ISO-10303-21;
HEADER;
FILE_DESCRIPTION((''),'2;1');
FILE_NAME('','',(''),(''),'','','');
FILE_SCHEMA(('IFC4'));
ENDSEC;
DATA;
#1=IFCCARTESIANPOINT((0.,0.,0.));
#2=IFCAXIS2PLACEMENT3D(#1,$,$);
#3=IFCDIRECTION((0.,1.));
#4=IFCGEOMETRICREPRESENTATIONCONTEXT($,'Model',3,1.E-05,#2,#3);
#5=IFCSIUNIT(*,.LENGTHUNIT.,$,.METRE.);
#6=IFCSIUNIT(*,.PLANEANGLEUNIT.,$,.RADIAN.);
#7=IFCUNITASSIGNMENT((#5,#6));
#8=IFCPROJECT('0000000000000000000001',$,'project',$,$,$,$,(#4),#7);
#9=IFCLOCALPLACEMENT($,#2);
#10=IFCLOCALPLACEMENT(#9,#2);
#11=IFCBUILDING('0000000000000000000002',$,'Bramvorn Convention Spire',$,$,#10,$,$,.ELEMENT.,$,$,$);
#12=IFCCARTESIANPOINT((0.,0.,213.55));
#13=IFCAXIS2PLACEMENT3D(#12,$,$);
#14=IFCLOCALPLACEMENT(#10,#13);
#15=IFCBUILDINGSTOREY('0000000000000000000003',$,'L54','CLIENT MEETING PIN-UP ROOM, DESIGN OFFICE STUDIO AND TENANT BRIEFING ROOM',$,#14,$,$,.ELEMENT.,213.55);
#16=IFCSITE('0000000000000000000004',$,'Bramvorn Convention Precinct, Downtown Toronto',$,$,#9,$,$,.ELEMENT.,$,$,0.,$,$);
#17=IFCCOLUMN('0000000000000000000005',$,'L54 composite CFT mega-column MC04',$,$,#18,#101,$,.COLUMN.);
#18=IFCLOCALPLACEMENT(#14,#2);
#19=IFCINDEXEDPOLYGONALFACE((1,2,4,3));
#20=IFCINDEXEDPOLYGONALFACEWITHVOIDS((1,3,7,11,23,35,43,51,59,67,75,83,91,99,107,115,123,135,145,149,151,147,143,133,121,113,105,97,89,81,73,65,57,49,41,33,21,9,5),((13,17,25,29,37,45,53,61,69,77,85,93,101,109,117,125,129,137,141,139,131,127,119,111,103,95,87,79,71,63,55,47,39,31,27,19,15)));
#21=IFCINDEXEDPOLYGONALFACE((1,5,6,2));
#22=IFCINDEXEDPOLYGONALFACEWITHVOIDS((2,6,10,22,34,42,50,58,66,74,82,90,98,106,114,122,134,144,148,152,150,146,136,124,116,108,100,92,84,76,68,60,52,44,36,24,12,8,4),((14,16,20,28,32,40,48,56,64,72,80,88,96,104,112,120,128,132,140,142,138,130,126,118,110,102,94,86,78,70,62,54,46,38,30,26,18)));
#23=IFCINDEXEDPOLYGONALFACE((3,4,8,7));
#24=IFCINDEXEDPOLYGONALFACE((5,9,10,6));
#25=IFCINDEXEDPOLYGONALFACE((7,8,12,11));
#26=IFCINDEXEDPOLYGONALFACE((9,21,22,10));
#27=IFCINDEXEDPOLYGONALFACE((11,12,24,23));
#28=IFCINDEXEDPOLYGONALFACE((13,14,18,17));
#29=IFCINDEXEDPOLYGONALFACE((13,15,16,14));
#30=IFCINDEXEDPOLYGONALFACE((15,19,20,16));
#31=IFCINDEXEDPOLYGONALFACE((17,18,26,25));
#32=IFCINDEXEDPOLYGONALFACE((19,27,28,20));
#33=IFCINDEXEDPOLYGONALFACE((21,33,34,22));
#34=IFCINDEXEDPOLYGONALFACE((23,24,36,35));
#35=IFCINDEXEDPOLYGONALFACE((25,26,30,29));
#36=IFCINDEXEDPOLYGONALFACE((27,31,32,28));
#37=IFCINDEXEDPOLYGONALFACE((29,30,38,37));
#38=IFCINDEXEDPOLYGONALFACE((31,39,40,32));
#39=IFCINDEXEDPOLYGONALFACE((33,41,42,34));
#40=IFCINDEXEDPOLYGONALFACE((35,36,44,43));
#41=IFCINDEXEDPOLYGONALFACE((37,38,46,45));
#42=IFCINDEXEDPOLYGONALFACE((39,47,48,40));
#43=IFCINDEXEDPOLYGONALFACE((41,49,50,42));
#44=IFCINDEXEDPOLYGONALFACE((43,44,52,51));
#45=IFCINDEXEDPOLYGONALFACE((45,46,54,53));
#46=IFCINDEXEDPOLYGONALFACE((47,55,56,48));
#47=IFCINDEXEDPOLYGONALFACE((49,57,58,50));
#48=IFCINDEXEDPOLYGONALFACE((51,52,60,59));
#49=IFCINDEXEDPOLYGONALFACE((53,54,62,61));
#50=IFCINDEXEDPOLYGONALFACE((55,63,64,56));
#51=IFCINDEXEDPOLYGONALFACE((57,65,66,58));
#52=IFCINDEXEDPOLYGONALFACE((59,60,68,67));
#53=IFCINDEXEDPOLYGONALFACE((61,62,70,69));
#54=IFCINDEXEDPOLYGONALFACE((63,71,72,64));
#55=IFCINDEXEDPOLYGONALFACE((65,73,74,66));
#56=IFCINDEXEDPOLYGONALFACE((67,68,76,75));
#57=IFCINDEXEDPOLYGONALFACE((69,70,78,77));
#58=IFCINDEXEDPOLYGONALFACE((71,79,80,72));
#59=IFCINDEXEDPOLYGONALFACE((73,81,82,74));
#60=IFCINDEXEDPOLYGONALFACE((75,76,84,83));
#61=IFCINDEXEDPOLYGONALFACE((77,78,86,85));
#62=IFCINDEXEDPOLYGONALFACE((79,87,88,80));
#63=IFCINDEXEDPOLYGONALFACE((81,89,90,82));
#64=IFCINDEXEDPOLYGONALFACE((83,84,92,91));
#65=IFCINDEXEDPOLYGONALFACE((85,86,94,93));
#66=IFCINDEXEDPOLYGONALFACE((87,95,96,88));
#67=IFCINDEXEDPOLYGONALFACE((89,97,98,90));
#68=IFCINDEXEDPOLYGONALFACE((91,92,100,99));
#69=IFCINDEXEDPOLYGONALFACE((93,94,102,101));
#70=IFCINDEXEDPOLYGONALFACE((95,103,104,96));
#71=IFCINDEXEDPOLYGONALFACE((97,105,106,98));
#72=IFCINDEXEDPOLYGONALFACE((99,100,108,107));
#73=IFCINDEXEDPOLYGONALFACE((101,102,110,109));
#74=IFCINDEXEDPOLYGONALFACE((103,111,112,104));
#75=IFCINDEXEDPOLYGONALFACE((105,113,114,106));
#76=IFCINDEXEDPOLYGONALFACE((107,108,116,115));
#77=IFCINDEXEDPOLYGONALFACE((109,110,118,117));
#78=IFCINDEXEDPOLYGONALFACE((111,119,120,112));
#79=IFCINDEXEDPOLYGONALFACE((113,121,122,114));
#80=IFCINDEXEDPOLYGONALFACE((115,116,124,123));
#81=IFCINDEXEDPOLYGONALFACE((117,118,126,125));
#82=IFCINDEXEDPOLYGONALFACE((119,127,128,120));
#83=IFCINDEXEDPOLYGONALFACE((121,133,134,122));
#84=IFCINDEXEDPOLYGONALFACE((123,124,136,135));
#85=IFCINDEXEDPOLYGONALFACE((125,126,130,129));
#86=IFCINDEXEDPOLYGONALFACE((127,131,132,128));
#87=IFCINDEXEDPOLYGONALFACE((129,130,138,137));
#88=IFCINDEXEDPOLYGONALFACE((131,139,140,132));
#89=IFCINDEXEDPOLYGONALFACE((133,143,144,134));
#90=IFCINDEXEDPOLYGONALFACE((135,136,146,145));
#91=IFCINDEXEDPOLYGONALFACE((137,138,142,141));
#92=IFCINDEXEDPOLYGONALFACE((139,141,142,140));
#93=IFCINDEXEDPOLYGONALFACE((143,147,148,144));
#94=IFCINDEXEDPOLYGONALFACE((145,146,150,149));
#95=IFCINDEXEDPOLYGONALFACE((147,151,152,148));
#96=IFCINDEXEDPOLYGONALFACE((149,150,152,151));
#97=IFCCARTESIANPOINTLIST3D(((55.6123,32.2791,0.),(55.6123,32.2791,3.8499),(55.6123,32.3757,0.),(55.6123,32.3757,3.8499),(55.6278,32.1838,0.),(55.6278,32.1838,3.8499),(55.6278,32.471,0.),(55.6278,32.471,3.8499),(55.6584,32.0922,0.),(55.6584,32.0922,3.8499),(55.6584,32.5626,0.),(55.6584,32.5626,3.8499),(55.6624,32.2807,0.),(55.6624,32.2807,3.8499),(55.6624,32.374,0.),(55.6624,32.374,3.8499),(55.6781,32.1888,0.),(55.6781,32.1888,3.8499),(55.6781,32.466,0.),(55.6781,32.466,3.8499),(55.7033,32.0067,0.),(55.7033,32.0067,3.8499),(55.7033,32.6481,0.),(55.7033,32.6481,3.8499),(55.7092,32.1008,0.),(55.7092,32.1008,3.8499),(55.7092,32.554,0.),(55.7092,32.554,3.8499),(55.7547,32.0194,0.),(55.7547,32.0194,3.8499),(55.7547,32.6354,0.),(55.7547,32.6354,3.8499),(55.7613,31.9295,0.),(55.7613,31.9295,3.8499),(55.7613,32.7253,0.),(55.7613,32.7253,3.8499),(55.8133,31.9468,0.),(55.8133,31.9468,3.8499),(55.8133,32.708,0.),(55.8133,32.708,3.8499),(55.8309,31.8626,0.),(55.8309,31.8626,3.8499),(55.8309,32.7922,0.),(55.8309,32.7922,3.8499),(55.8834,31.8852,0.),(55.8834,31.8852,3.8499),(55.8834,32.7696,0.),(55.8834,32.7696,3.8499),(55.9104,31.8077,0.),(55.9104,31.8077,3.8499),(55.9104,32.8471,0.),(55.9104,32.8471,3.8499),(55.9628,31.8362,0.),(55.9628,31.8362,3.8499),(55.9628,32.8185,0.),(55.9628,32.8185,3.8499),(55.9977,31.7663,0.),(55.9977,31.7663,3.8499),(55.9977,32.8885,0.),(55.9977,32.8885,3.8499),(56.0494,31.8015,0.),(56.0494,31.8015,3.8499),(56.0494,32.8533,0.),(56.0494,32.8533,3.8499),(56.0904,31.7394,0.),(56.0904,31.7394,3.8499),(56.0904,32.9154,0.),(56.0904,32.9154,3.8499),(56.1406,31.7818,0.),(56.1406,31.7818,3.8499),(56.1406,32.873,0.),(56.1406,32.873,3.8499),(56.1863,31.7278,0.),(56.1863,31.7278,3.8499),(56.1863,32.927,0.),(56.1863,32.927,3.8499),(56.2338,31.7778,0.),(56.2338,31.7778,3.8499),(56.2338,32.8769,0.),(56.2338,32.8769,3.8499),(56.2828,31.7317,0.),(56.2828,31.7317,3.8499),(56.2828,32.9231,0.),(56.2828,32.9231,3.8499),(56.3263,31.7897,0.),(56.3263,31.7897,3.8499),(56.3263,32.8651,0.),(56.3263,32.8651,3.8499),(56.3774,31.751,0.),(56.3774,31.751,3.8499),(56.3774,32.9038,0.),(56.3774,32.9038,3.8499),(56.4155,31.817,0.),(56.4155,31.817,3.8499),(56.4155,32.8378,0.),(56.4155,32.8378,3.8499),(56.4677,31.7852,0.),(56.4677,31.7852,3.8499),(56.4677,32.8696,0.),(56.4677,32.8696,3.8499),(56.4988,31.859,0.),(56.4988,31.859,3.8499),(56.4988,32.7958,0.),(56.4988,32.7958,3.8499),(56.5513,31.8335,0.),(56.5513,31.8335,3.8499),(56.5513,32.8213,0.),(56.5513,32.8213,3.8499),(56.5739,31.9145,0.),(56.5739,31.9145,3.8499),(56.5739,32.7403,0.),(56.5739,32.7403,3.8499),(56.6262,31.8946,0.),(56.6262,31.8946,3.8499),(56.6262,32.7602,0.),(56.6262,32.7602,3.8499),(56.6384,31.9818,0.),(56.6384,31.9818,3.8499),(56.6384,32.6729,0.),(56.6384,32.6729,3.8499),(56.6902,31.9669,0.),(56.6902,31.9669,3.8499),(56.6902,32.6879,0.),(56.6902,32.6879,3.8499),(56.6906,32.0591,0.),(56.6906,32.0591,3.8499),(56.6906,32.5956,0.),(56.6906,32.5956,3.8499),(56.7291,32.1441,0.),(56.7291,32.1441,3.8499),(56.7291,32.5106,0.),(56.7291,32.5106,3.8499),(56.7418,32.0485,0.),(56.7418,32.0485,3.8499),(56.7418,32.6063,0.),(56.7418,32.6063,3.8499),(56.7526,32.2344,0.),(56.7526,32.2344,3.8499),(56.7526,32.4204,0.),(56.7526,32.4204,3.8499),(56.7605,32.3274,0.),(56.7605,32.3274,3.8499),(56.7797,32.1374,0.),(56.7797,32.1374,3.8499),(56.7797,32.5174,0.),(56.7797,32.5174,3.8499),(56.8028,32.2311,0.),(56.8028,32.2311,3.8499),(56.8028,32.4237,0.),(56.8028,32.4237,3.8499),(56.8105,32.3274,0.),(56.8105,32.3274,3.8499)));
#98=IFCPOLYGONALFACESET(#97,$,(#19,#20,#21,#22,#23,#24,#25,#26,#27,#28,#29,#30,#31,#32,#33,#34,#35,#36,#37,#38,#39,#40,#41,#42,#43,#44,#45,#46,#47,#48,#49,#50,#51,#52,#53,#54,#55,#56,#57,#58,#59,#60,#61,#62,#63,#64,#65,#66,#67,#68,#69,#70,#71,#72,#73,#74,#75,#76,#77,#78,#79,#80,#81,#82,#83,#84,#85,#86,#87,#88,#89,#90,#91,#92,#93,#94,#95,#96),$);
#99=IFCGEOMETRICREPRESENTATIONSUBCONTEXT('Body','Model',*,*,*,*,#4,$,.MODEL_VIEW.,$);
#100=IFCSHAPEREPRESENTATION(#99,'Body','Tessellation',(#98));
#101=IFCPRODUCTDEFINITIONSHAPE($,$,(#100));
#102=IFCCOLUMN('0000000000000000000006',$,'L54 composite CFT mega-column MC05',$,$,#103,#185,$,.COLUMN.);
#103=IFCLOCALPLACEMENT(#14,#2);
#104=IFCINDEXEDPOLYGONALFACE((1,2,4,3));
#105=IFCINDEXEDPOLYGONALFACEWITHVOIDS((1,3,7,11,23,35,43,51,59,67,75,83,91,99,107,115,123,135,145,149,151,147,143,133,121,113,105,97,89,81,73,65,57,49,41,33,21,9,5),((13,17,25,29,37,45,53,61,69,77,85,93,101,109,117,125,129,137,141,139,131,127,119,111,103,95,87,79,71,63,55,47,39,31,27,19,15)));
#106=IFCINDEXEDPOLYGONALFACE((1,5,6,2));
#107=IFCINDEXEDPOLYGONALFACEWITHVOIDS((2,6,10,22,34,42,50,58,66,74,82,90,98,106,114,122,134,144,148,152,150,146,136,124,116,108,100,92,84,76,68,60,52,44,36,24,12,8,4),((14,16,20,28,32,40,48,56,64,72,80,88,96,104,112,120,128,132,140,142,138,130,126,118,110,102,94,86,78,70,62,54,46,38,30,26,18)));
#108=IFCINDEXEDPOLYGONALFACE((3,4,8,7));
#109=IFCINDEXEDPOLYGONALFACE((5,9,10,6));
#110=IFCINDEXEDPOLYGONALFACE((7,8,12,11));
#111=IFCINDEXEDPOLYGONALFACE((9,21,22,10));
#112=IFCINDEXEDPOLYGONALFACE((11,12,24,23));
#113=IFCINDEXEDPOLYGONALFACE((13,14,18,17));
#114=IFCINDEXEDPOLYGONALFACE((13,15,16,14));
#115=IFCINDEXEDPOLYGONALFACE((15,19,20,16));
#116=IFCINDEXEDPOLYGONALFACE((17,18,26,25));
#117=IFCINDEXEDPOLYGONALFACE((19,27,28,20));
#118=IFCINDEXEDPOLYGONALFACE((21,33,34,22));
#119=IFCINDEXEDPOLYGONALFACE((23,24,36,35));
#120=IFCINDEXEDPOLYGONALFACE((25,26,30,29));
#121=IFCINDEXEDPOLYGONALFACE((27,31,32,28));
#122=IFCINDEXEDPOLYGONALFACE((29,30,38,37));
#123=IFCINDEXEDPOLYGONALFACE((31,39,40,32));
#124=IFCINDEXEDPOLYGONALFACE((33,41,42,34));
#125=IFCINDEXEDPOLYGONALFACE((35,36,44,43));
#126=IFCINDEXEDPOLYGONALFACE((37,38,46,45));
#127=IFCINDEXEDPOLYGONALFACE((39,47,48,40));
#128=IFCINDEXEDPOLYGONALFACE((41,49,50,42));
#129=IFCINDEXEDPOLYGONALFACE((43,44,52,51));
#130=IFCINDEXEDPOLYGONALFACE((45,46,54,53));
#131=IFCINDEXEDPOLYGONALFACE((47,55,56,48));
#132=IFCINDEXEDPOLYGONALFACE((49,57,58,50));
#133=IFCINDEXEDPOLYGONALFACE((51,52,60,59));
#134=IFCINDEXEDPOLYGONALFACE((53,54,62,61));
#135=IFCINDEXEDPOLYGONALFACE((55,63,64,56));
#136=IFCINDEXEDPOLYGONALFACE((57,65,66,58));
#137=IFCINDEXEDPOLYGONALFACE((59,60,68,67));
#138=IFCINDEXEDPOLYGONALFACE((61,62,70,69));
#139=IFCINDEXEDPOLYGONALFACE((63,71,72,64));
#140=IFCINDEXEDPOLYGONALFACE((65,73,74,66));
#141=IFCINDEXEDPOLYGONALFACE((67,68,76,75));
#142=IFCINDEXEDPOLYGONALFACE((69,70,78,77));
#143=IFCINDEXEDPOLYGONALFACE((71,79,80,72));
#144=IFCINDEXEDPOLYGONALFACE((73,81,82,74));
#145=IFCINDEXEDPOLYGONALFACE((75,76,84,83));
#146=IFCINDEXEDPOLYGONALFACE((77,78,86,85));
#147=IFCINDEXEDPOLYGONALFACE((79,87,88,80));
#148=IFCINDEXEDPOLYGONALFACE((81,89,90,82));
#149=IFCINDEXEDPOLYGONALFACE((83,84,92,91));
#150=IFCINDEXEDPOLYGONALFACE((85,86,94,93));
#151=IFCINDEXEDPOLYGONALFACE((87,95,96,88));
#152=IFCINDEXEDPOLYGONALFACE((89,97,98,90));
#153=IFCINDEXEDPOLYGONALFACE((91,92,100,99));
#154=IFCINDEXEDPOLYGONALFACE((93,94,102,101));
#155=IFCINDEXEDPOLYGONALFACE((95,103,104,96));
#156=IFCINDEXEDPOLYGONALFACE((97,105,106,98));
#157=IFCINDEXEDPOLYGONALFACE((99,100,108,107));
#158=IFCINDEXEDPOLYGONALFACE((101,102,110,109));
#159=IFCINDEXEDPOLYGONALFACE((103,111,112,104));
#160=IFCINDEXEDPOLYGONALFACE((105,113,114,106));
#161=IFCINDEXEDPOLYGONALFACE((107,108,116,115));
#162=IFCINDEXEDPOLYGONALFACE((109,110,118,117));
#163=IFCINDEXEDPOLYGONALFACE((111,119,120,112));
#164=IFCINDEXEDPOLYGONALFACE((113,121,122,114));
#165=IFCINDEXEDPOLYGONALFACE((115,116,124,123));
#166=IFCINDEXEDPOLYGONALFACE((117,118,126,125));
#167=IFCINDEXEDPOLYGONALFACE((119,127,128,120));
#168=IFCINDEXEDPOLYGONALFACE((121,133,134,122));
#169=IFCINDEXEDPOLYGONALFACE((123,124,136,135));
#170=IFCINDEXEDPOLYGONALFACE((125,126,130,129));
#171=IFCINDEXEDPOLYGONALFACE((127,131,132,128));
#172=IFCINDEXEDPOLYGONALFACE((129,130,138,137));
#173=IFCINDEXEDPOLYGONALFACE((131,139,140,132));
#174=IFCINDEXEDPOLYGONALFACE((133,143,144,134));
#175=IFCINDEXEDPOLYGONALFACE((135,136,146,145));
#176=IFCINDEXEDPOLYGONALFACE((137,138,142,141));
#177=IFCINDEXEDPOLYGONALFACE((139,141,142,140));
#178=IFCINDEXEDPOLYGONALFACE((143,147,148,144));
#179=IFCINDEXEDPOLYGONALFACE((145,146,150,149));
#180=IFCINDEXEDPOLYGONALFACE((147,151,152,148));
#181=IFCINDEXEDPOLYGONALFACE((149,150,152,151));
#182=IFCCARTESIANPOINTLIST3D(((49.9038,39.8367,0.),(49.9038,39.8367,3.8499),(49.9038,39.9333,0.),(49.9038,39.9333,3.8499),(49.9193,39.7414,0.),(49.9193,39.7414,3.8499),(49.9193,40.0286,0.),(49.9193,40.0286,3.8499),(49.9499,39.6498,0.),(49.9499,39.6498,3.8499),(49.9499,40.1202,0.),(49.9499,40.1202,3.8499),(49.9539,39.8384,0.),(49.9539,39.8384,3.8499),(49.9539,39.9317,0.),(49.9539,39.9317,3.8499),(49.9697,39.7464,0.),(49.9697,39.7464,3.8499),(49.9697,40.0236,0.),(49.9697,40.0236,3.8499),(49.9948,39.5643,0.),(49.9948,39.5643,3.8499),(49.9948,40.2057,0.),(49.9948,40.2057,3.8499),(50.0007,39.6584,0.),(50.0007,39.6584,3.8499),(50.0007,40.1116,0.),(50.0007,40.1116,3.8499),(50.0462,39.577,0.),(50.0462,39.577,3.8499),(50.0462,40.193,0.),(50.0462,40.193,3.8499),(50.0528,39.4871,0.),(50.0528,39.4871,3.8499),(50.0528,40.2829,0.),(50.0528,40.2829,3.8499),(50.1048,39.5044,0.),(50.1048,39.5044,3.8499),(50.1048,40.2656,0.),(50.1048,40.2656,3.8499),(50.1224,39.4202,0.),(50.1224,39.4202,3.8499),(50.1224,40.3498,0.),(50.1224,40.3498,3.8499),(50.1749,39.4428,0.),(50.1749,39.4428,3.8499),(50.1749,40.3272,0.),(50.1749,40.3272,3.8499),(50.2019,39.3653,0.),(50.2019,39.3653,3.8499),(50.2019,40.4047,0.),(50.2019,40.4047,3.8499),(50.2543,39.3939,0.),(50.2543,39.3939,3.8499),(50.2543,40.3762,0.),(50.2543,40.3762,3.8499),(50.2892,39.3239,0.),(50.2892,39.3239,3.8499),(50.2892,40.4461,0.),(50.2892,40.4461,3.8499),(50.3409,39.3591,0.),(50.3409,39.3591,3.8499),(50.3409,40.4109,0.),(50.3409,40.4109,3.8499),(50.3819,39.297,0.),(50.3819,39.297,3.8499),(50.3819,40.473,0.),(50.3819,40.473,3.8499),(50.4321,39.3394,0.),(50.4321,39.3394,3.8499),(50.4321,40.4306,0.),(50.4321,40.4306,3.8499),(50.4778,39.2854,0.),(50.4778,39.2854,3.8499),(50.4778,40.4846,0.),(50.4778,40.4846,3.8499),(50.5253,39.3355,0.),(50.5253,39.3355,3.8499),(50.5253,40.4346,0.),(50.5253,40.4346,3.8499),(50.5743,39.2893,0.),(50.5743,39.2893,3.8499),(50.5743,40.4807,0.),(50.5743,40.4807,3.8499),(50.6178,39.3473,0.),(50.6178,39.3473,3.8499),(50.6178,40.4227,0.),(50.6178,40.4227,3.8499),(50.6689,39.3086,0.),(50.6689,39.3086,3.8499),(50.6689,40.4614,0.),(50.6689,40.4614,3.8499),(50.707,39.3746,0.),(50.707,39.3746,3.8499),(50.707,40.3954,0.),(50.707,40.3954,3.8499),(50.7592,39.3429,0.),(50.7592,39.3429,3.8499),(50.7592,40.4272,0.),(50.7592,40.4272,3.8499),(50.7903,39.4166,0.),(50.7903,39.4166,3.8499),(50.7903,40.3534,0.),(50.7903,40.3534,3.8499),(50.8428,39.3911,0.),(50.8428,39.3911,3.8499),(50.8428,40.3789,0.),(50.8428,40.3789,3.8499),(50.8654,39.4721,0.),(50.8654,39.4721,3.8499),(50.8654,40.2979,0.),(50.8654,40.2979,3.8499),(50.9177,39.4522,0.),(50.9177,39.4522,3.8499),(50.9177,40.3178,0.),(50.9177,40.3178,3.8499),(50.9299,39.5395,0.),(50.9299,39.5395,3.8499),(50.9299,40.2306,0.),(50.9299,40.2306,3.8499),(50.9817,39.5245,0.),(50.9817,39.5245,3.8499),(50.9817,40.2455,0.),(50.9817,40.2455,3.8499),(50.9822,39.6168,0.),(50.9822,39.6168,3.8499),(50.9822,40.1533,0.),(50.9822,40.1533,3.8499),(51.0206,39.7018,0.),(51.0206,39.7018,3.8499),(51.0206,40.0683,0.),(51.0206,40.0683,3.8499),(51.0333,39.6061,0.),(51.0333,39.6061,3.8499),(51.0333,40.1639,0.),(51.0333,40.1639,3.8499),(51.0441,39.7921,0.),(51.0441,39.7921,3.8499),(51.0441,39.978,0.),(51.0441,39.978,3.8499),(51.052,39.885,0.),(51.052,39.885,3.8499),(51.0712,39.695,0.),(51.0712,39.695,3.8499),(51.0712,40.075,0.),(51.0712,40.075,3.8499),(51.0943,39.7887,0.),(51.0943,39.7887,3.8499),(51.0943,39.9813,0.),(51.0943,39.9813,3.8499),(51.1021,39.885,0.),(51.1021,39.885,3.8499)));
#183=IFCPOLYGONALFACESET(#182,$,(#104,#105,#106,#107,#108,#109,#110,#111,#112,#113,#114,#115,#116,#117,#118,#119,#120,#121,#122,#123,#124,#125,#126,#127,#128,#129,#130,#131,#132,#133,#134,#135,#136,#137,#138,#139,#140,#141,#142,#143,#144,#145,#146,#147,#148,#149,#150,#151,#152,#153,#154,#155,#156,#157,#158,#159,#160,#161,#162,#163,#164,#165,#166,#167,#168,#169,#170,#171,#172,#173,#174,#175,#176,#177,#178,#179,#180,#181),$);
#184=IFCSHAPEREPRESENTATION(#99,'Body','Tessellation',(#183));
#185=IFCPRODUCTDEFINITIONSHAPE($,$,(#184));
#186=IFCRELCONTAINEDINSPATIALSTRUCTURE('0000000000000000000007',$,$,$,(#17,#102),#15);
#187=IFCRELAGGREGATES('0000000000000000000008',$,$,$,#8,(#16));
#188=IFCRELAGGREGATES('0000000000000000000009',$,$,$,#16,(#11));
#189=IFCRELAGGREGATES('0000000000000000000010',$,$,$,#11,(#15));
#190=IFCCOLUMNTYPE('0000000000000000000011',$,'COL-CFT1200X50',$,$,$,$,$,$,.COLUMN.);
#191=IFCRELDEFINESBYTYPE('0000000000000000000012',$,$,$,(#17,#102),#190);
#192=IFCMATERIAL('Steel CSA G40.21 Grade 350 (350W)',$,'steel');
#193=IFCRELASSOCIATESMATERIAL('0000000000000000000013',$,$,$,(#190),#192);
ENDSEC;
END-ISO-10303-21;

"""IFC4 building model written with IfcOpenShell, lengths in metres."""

from ifc_helpers import new_model, si_unit, direction, frame, origin, origin_2d, place, context, subcontext, project, spatial, hollow_circle, extrude, material, material_profile, profile_set, type_object, element, save


model = new_model("IFC4")

# Units and contexts
model_context = context("Model", 3, precision=1e-05, world=origin(), true_north=direction((0.0, 1.0)))
body_context = subcontext(model_context, "Body", "Model", "MODEL_VIEW")
ifc_project = project(units=[si_unit("LENGTHUNIT", "METRE"), si_unit("PLANEANGLEUNIT", "RADIAN")], contexts=[model_context])

# Site, building, storey
site_placement = place(None, origin())
site = spatial("IfcSite", under=ifc_project, at=site_placement, Name="Bramvorn Convention Precinct, Downtown Toronto", CompositionType="ELEMENT", RefElevation=0.0)
building_placement = place(site_placement, origin())
building = spatial("IfcBuilding", under=site, at=building_placement, Name="Bramvorn Convention Spire", CompositionType="ELEMENT")
storey_placement = place(building_placement, frame((0.0, 0.0, 213.55)))
storey = spatial("IfcBuildingStorey", under=building, at=storey_placement, Name="L54", Description="CLIENT MEETING PIN-UP ROOM, DESIGN OFFICE STUDIO AND TENANT BRIEFING ROOM", CompositionType="ELEMENT", Elevation=213.55)

# Columns
ifc_material_1 = material(Name="Steel CSA G40.21 Grade 350 (350W)", Category="steel")
ifc_material_profile_1 = material_profile(ifc_material_1, hollow_circle(Radius=0.6001, WallThickness=0.05, at=origin_2d()))
ifc_profile_set_1 = profile_set([ifc_material_profile_1], Name="Steel CSA G40.21 Grade 350 (350W) - CFT1200X50")
column_type = type_object("IfcColumnType", Name="COL-CFT1200X50", PredefinedType="COLUMN", material=ifc_profile_set_1)
for number, where, z_axis, x_axis, name in (
    (1, (56.2104, 32.3274, 0.0), (0.0, 0.0, 1.0), (1.0, 0.0, 0.0), "L54 composite CFT mega-column MC04"),
    (2, (50.502, 39.885, 0.0), (0.0, 0.0, 1.0), (1.0, 0.0, 0.0), "L54 composite CFT mega-column MC05"),
):
    element("IfcColumn", number, at=place(storey_placement, frame(where, z_axis=z_axis, x_axis=x_axis)), inside=storey, type_object=column_type, Name=name, PredefinedType="COLUMN", context=body_context, shape_type="SweptSolid", body=[
        extrude(hollow_circle(Radius=0.6001, WallThickness=0.05, at=origin_2d()), origin(), (0.0, 0.0, 1.0), 3.8499),
    ])

save(model, "model.ifc")
